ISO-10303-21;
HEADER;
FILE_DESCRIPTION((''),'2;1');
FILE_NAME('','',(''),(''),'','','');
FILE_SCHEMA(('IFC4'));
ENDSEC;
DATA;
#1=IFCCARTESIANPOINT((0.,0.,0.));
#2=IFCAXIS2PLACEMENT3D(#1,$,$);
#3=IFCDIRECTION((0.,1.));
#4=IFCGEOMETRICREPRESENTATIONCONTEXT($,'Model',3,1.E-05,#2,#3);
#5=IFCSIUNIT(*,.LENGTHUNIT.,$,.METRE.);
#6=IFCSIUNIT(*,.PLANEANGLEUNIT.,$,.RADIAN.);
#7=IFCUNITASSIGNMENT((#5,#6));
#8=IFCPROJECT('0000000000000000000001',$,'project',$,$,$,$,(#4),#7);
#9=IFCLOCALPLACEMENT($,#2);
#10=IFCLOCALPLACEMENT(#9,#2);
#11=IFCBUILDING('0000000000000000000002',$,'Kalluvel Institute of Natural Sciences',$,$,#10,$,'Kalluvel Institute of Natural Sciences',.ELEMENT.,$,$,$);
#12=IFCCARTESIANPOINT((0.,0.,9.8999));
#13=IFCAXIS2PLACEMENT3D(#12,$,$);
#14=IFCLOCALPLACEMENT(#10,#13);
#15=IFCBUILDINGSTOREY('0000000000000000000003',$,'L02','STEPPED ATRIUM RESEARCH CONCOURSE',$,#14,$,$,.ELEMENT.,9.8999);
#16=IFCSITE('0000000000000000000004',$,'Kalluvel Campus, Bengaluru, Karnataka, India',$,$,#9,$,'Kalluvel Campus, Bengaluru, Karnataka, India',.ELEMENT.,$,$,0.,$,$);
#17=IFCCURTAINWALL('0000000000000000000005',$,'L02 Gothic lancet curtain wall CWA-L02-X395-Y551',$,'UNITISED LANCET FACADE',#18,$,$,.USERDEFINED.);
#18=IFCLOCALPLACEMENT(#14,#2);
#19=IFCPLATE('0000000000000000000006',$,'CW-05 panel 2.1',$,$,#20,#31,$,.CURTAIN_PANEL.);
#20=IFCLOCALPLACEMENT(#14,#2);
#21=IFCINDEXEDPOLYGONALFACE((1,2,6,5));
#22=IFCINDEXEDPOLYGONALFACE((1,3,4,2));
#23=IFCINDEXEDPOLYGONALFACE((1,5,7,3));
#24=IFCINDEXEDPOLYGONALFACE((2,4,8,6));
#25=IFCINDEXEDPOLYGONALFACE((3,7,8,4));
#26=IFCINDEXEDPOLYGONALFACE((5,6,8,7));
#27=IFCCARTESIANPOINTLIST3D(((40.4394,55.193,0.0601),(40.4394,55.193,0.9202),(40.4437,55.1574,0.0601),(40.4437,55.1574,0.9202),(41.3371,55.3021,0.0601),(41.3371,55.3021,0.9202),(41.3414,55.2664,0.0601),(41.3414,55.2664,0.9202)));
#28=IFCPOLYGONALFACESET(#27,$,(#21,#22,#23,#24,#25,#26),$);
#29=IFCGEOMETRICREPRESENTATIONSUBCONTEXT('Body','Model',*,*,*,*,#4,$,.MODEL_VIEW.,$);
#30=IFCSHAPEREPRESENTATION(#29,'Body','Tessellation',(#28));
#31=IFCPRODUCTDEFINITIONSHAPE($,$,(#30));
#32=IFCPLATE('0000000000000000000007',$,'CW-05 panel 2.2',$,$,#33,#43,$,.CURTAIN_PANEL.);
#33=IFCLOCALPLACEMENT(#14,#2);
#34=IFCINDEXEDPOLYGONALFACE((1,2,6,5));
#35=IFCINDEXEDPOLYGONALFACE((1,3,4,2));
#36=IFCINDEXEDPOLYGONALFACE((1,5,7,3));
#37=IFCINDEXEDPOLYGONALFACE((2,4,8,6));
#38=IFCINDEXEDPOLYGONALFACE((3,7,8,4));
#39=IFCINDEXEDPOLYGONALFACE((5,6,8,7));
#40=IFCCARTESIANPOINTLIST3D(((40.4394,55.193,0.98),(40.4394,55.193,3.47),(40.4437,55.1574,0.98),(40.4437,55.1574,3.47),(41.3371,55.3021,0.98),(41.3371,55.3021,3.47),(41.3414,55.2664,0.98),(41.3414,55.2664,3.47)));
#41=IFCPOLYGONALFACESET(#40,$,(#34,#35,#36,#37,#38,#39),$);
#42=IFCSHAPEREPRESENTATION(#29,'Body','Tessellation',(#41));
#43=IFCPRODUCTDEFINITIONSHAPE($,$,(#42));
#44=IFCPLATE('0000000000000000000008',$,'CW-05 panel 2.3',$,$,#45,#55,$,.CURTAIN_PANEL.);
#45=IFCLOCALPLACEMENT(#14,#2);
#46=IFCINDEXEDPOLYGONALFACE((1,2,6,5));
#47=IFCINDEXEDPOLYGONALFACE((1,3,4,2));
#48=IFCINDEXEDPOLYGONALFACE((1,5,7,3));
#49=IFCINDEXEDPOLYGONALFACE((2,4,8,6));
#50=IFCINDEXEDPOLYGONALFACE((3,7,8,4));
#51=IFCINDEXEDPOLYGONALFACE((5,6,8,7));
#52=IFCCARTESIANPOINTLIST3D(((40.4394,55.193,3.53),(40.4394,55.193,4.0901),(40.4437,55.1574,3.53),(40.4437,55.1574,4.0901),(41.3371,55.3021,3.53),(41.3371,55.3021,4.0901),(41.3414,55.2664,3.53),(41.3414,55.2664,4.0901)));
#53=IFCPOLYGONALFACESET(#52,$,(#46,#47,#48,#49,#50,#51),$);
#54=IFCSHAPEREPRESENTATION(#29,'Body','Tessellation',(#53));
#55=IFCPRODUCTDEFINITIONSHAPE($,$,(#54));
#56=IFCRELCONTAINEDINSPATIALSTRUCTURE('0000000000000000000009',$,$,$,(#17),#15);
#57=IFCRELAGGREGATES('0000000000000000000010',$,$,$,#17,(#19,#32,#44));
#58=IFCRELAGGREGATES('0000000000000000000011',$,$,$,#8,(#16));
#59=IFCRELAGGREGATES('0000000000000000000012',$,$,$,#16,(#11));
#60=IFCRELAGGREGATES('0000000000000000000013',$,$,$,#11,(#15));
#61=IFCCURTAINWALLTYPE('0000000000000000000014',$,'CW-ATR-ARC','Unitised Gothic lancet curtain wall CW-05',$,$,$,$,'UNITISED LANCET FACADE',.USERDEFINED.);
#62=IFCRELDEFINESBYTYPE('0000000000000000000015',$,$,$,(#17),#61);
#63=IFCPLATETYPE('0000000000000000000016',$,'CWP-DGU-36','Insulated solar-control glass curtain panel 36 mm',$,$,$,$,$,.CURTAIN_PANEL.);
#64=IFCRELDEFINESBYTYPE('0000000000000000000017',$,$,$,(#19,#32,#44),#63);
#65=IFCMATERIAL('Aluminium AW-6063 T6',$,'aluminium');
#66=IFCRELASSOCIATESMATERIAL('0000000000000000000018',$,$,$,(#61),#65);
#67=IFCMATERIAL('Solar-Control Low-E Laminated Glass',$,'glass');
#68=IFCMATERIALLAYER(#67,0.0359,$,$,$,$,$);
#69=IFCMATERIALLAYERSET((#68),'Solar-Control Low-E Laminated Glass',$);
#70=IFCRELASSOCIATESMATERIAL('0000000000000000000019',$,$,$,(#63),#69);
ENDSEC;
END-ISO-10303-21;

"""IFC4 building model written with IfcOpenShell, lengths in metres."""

from ifc_helpers import new_model, si_unit, direction, frame, origin, origin_2d, place, context, subcontext, project, spatial, rectangle, extrude, material, layer, layer_set, type_object, element, aggregate, save


model = new_model("IFC4")

# Units and contexts
model_context = context("Model", 3, precision=1e-05, world=origin(), true_north=direction((0.0, 1.0)))
body_context = subcontext(model_context, "Body", "Model", "MODEL_VIEW")
ifc_project = project(units=[si_unit("LENGTHUNIT", "METRE"), si_unit("PLANEANGLEUNIT", "RADIAN")], contexts=[model_context])

# Site, building, storey
site_placement = place(None, origin())
site = spatial("IfcSite", under=ifc_project, at=site_placement, Name="Kalluvel Campus, Bengaluru, Karnataka, India", LongName="Kalluvel Campus, Bengaluru, Karnataka, India", CompositionType="ELEMENT", RefElevation=0.0)
building_placement = place(site_placement, origin())
building = spatial("IfcBuilding", under=site, at=building_placement, Name="Kalluvel Institute of Natural Sciences", LongName="Kalluvel Institute of Natural Sciences", CompositionType="ELEMENT")
storey_placement = place(building_placement, frame((0.0, 0.0, 9.8999)))
storey = spatial("IfcBuildingStorey", under=building, at=storey_placement, Name="L02", Description="STEPPED ATRIUM RESEARCH CONCOURSE", CompositionType="ELEMENT", Elevation=9.8999)

# Curtain wall
ifc_material_1 = material(Name="Aluminium AW-6063 T6", Category="aluminium")
curtain_wall_type = type_object("IfcCurtainWallType", Name="CW-ATR-ARC", Description="Unitised Gothic lancet curtain wall CW-05", ElementType="UNITISED LANCET FACADE", PredefinedType="USERDEFINED", material=ifc_material_1)
curtain_wall_1_placement = place(storey_placement, origin())
curtain_wall_1 = element("IfcCurtainWall", 1, at=curtain_wall_1_placement, inside=storey, type_object=curtain_wall_type, Name="L02 Gothic lancet curtain wall CWA-L02-X395-Y551", ObjectType="UNITISED LANCET FACADE", PredefinedType="USERDEFINED")

# Plates
ifc_material_2 = material(Name="Solar-Control Low-E Laminated Glass", Category="glass")
ifc_layer = layer(ifc_material_2, 0.0359)
ifc_layer_set = layer_set([ifc_layer], Name="Solar-Control Low-E Laminated Glass")
plate_type = type_object("IfcPlateType", Name="CWP-DGU-36", Description="Insulated solar-control glass curtain panel 36 mm", PredefinedType="CURTAIN_PANEL", material=ifc_layer_set)
plate_1_placement = place(storey_placement, frame((40.8904, 55.2297, 0.0601), z_axis=(0.0, 0.0, 1.0), x_axis=(0.992708, 0.120543, 0.0)))
plate_1 = element("IfcPlate", 2, at=plate_1_placement, type_object=plate_type, Name="CW-05 panel 2.1", PredefinedType="CURTAIN_PANEL", context=body_context, shape_type="SweptSolid", body=[
    extrude(rectangle(XDim=0.9043, YDim=0.0359, at=origin_2d()), origin(), (0.0, 0.0, 1.0), 0.8601),
])
plate_2_placement = place(storey_placement, frame((40.8904, 55.2297, 0.98), z_axis=(0.0, 0.0, 1.0), x_axis=(0.992708, 0.120543, 0.0)))
plate_2 = element("IfcPlate", 3, at=plate_2_placement, type_object=plate_type, Name="CW-05 panel 2.2", PredefinedType="CURTAIN_PANEL", context=body_context, shape_type="SweptSolid", body=[
    extrude(rectangle(XDim=0.9043, YDim=0.0359, at=origin_2d()), origin(), (0.0, 0.0, 1.0), 2.49),
])
plate_3_placement = place(storey_placement, frame((40.8904, 55.2297, 3.53), z_axis=(0.0, 0.0, 1.0), x_axis=(0.992708, 0.120543, 0.0)))
plate_3 = element("IfcPlate", 4, at=plate_3_placement, type_object=plate_type, Name="CW-05 panel 2.3", PredefinedType="CURTAIN_PANEL", context=body_context, shape_type="SweptSolid", body=[
    extrude(rectangle(XDim=0.9043, YDim=0.0359, at=origin_2d()), origin(), (0.0, 0.0, 1.0), 0.5601),
])
aggregate(curtain_wall_1, [plate_1, plate_2, plate_3])

save(model, "model.ifc")
